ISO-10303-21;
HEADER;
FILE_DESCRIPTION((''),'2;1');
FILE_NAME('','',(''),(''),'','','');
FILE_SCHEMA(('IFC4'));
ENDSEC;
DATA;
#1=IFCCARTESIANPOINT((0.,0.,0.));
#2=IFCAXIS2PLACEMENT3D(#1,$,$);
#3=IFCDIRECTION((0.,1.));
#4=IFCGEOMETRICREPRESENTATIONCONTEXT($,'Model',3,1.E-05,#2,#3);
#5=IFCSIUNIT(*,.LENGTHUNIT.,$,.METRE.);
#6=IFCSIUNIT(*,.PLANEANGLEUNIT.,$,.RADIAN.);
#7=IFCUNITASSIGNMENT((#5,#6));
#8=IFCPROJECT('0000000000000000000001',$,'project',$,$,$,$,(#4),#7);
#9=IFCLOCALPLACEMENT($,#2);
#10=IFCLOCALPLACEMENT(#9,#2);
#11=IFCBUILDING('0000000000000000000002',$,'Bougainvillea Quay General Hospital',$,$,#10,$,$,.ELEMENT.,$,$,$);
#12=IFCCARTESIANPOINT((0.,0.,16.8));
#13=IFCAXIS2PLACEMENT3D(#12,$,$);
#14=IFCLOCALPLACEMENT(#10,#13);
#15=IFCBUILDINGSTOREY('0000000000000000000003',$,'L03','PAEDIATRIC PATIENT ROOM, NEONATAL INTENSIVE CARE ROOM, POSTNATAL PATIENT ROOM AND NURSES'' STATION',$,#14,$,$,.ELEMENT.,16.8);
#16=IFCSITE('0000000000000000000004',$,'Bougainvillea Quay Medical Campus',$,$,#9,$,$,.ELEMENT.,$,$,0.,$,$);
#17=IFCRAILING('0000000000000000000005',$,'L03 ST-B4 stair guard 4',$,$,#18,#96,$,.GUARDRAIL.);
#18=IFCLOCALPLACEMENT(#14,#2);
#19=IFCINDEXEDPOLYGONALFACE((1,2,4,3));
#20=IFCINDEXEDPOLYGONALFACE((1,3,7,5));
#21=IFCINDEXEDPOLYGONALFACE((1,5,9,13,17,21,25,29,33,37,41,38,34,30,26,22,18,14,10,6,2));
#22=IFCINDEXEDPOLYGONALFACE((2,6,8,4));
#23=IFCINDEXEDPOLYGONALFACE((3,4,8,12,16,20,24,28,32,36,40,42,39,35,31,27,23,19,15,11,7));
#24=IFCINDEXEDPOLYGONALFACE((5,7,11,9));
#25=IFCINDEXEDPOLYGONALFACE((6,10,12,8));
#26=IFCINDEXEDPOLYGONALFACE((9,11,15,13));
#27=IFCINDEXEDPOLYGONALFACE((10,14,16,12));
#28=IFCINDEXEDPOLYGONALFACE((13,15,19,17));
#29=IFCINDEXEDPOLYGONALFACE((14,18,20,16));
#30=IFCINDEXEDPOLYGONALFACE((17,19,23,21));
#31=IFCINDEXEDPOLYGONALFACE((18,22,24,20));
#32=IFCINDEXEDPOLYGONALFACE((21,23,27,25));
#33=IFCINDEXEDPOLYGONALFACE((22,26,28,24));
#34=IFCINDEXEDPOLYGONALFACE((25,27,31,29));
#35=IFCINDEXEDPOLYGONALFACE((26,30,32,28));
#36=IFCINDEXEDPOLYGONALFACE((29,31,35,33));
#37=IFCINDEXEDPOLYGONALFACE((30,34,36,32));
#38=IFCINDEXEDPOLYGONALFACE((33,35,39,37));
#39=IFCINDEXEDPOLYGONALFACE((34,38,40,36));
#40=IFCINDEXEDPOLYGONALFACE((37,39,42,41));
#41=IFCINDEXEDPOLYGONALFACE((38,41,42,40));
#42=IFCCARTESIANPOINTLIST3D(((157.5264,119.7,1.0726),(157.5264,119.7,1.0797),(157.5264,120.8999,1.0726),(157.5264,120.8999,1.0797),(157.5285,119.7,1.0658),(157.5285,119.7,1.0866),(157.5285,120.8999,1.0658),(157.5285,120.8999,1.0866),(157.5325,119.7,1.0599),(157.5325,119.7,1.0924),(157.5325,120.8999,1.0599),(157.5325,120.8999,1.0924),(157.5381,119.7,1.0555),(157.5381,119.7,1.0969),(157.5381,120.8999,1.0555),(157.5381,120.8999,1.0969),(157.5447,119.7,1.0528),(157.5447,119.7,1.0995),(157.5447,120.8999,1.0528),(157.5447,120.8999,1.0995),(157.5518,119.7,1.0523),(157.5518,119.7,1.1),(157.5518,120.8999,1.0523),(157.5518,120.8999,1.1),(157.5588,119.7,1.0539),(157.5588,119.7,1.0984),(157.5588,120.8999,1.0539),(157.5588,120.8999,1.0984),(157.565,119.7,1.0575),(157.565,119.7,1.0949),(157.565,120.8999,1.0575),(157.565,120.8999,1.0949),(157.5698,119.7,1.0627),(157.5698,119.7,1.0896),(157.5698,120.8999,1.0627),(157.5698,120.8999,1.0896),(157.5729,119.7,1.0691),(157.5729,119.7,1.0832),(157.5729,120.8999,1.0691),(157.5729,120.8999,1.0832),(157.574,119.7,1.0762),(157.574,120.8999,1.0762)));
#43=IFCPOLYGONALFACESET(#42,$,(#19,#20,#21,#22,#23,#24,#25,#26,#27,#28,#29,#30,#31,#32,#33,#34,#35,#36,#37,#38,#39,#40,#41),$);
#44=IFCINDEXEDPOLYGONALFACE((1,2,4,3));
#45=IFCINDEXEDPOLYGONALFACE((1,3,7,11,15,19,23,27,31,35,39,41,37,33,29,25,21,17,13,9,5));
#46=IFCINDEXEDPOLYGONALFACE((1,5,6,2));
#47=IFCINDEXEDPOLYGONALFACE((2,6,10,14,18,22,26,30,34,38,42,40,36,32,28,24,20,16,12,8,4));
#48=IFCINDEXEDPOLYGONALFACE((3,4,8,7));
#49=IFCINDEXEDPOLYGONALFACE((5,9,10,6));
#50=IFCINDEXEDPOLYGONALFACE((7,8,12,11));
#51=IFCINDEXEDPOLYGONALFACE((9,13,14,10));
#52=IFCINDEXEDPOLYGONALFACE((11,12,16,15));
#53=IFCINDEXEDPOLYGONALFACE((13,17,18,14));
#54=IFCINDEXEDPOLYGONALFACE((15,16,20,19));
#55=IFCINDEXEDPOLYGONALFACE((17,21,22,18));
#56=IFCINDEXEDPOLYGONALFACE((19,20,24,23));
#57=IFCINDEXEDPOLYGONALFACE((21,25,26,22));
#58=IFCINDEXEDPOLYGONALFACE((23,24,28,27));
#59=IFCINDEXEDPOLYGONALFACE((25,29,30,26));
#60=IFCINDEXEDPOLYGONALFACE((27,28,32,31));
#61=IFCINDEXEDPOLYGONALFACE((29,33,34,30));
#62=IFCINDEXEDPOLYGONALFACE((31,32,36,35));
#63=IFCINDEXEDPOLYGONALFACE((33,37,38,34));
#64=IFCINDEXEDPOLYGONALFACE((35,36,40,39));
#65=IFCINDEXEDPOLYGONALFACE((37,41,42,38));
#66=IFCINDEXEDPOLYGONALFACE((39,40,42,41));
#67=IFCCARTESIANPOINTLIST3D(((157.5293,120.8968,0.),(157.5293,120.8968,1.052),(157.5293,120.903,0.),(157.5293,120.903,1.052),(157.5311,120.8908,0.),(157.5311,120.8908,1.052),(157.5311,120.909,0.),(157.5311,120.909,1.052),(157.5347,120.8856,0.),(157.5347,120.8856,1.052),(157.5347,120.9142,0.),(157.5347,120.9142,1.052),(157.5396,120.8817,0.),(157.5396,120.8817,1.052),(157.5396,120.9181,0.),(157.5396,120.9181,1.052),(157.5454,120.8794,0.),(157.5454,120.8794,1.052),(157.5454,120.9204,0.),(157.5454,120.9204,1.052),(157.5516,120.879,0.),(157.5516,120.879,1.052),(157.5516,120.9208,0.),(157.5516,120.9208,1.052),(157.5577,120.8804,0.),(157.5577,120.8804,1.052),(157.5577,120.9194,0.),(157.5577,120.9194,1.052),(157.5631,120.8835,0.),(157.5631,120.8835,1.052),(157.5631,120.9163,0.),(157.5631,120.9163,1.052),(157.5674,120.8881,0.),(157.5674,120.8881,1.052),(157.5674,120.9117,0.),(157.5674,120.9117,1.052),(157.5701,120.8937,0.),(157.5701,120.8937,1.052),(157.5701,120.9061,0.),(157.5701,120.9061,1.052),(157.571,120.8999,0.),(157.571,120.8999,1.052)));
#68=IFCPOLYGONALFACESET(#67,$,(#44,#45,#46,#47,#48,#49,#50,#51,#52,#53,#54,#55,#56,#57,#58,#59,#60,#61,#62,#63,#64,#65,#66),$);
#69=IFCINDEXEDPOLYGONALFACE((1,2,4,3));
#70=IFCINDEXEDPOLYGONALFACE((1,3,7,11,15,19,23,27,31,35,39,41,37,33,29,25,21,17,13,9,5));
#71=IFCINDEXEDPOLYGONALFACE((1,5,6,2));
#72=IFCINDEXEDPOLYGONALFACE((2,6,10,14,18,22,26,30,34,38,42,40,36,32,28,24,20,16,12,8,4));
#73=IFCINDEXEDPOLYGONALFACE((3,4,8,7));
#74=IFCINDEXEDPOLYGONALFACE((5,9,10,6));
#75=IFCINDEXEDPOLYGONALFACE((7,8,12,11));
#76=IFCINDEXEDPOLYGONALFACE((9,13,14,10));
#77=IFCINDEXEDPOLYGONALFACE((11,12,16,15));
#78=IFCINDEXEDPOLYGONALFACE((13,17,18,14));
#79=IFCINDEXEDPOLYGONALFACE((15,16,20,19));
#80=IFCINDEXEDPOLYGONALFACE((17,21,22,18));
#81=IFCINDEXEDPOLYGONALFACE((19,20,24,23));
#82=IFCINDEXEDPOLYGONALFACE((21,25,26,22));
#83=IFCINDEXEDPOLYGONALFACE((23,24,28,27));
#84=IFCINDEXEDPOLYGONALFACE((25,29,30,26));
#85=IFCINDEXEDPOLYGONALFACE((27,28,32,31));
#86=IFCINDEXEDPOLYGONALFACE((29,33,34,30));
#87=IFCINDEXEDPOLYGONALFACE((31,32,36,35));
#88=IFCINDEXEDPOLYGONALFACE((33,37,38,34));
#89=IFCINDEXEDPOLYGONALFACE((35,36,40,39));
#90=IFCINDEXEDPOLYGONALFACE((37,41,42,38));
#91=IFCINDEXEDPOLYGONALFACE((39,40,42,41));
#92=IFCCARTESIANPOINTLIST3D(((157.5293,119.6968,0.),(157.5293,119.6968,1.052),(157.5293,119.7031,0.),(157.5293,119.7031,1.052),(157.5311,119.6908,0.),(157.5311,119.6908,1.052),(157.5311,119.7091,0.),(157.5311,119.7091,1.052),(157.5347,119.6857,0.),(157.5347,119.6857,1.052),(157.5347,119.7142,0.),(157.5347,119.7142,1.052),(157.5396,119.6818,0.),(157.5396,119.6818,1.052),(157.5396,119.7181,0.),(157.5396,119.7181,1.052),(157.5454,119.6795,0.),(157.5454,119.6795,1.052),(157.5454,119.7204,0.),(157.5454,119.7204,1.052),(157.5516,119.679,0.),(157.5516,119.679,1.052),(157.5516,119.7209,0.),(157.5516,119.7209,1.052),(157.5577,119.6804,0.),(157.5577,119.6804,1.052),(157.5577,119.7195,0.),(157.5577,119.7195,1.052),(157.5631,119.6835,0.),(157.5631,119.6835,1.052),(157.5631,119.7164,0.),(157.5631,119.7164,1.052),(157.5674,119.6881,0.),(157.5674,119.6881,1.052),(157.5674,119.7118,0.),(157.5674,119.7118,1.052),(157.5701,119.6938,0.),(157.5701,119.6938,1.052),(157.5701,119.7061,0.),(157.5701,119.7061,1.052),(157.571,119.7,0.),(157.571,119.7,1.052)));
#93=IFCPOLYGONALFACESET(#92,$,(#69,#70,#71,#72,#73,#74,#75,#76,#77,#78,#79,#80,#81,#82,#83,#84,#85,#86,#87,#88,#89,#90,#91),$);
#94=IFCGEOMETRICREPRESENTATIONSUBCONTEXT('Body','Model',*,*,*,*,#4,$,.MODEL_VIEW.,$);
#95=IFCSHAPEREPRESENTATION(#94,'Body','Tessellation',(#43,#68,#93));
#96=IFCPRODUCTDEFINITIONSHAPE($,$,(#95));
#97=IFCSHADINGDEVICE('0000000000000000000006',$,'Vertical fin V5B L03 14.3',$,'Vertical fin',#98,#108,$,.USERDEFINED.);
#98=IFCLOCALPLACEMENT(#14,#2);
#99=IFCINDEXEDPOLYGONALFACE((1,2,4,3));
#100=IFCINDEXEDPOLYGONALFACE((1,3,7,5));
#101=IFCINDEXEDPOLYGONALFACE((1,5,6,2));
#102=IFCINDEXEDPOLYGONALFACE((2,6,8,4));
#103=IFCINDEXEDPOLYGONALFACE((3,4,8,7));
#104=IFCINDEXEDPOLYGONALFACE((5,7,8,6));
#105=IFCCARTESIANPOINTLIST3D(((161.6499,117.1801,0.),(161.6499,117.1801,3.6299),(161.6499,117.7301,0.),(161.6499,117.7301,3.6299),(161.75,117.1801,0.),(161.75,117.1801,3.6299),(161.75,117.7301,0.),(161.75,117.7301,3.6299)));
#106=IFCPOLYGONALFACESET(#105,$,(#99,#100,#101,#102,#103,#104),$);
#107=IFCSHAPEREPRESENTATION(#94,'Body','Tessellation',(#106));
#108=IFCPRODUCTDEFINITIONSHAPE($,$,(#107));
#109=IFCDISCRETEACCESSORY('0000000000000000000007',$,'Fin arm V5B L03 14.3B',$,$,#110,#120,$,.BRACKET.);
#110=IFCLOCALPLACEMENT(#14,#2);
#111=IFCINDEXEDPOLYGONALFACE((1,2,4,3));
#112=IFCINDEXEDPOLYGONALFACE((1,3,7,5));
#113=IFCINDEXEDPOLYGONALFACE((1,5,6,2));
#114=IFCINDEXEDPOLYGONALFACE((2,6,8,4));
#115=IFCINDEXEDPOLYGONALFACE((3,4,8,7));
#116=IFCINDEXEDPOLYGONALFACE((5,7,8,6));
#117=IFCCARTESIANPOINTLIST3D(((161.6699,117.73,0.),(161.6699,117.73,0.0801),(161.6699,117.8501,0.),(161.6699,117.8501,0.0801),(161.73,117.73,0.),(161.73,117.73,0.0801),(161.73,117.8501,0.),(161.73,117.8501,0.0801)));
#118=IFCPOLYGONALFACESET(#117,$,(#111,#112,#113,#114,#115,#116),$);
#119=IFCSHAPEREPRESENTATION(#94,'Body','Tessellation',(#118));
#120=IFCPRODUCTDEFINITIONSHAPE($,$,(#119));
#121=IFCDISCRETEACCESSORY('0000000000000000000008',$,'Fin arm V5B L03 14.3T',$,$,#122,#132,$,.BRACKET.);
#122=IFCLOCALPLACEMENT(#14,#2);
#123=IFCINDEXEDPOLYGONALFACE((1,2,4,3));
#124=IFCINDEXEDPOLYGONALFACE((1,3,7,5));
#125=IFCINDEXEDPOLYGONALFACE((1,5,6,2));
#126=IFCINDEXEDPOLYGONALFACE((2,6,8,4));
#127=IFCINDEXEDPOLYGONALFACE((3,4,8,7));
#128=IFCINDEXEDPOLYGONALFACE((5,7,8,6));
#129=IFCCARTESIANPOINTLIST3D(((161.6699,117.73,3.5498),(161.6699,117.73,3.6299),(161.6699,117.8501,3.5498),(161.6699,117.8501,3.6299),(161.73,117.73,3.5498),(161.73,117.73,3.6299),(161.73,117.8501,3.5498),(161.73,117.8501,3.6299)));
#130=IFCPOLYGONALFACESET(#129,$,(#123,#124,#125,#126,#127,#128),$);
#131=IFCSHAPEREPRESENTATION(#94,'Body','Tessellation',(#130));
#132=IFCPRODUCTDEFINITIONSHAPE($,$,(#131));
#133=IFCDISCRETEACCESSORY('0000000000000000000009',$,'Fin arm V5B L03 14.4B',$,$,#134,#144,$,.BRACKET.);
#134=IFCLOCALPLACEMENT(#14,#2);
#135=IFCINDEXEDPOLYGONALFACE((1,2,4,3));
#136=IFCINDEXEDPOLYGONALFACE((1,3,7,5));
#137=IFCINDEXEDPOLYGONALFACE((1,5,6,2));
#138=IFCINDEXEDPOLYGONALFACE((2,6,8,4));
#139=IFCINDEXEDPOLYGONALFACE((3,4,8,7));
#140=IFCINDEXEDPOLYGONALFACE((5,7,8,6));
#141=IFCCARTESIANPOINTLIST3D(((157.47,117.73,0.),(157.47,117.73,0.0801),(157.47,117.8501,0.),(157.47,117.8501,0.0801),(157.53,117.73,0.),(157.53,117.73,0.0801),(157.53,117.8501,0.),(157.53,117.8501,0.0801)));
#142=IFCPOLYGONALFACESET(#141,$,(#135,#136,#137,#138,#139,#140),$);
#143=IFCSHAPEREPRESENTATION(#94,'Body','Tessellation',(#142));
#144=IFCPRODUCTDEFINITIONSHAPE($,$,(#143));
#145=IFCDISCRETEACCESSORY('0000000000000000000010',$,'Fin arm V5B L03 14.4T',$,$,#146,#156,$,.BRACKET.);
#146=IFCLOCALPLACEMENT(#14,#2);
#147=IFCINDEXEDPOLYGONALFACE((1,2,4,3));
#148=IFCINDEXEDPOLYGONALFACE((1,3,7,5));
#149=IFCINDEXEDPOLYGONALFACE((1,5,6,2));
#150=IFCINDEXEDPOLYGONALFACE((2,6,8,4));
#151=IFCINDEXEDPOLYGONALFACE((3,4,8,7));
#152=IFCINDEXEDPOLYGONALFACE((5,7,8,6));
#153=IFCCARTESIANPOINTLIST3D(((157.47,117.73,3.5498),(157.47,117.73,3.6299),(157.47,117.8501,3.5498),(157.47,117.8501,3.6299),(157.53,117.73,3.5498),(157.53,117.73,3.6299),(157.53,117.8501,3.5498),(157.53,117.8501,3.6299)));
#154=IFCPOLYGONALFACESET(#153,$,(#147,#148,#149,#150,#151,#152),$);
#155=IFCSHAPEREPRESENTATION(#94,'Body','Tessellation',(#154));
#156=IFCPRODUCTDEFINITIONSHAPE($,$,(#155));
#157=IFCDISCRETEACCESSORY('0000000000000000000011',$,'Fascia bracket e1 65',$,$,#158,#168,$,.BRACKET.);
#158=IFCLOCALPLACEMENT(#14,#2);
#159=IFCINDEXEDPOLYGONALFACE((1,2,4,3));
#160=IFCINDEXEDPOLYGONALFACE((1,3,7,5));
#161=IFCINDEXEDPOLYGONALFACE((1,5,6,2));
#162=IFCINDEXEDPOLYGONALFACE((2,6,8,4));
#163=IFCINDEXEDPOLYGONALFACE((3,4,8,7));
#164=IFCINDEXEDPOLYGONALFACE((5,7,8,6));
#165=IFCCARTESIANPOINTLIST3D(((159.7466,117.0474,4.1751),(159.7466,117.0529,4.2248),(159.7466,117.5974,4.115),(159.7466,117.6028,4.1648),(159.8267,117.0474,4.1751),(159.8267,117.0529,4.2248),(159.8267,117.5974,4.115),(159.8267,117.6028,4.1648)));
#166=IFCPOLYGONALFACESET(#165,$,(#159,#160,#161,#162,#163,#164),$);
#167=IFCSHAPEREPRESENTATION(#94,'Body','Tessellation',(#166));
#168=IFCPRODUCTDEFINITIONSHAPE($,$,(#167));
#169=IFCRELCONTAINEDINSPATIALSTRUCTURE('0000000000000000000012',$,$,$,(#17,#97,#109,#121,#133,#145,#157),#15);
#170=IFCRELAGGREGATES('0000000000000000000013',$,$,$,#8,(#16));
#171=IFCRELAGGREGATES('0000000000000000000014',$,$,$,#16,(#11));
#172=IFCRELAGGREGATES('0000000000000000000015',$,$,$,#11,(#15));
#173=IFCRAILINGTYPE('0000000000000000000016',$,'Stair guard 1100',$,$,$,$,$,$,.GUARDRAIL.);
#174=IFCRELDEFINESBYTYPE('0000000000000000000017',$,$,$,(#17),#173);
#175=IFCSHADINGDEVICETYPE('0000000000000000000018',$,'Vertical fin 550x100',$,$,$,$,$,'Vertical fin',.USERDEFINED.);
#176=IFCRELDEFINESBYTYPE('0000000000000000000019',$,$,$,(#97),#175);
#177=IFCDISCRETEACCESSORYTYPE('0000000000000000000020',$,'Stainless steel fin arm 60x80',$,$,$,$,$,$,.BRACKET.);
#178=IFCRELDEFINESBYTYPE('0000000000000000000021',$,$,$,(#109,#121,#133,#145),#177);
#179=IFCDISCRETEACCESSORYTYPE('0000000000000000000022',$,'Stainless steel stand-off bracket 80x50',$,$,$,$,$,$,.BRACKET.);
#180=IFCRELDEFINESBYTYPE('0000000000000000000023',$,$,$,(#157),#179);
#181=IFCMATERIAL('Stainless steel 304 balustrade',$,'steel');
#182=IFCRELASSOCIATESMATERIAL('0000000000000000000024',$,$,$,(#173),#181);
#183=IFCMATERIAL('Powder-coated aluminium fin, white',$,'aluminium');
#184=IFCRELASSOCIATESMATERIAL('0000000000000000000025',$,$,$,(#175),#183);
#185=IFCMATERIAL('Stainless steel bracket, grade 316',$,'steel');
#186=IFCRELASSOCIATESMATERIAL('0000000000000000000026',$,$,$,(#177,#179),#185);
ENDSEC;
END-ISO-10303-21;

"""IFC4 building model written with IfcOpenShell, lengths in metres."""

from ifc_helpers import new_model, si_unit, direction, frame, origin, origin_2d, place, context, subcontext, project, spatial, rectangle, circle, extrude, material, material_profile, profile_set, type_object, element, save


model = new_model("IFC4")

# Units and contexts
model_context = context("Model", 3, precision=1e-05, world=origin(), true_north=direction((0.0, 1.0)))
body_context = subcontext(model_context, "Body", "Model", "MODEL_VIEW")
ifc_project = project(units=[si_unit("LENGTHUNIT", "METRE"), si_unit("PLANEANGLEUNIT", "RADIAN")], contexts=[model_context])

# Site, building, storey
site_placement = place(None, origin())
site = spatial("IfcSite", under=ifc_project, at=site_placement, Name="Bougainvillea Quay Medical Campus", CompositionType="ELEMENT", RefElevation=0.0)
building_placement = place(site_placement, origin())
building = spatial("IfcBuilding", under=site, at=building_placement, Name="Bougainvillea Quay General Hospital", CompositionType="ELEMENT")
storey_placement = place(building_placement, frame((0.0, 0.0, 16.8)))
storey = spatial("IfcBuildingStorey", under=building, at=storey_placement, Name="L03", Description="PAEDIATRIC PATIENT ROOM, NEONATAL INTENSIVE CARE ROOM, POSTNATAL PATIENT ROOM AND NURSES' STATION", CompositionType="ELEMENT", Elevation=16.8)

# Railing
ifc_material_1 = material(Name="Stainless steel 304 balustrade", Category="steel")
railing_type = type_object("IfcRailingType", Name="Stair guard 1100", PredefinedType="GUARDRAIL", material=ifc_material_1)
railing_1_placement = place(storey_placement, frame((157.55, 120.8999, 0.0)))
element("IfcRailing", 1, at=railing_1_placement, inside=storey, type_object=railing_type, Name="L03 ST-B4 stair guard 4", PredefinedType="GUARDRAIL", context=body_context, shape_type="SweptSolid", body=[
    extrude(circle(Radius=0.0239, at=origin_2d()), frame((0.0, 0.0, 1.0762), z_axis=(0.0, -1.0, 0.0), x_axis=(1.0, 0.0, 0.0)), (0.0, 0.0, 1.0), 1.2),
    extrude(circle(Radius=0.021, at=origin_2d()), origin(), (0.0, 0.0, 1.0), 1.052),
    extrude(circle(Radius=0.021, at=origin_2d()), frame((0.0, -1.2, 0.0)), (0.0, 0.0, 1.0), 1.052),
])

# Shading device
ifc_material_2 = material(Name="Powder-coated aluminium fin, white", Category="aluminium")
ifc_material_profile_1 = material_profile(ifc_material_2, rectangle(XDim=0.55, YDim=0.1001, at=origin_2d()))
ifc_profile_set_1 = profile_set([ifc_material_profile_1], Name="Powder-coated aluminium fin, white")
shading_device_type = type_object("IfcShadingDeviceType", Name="Vertical fin 550x100", ElementType="Vertical fin", PredefinedType="USERDEFINED", material=ifc_profile_set_1)
shading_device_placement = place(storey_placement, frame((161.7, 117.4551, 0.0), z_axis=(0.0, 0.0, 1.0), x_axis=(0.0, -1.0, 0.0)))
element("IfcShadingDevice", 2, at=shading_device_placement, inside=storey, type_object=shading_device_type, Name="Vertical fin V5B L03 14.3", ObjectType="Vertical fin", PredefinedType="USERDEFINED", context=body_context, shape_type="SweptSolid", body=[
    extrude(rectangle(XDim=0.55, YDim=0.1001, at=origin_2d()), origin(), (0.0, 0.0, 1.0), 3.6299),
])

# Discrete accessories
ifc_material_3 = material(Name="Stainless steel bracket, grade 316", Category="steel")
discrete_accessory_type_1 = type_object("IfcDiscreteAccessoryType", Name="Stainless steel fin arm 60x80", PredefinedType="BRACKET", material=ifc_material_3)
for number, where, z_axis, x_axis, name in (
    (3, (161.7, 117.79, 0.0), (0.0, 0.0, 1.0), (0.0, -1.0, 0.0), "Fin arm V5B L03 14.3B"),
    (4, (161.7, 117.79, 3.5498), (0.0, 0.0, 1.0), (0.0, -1.0, 0.0), "Fin arm V5B L03 14.3T"),
    (5, (157.5, 117.79, 0.0), (0.0, 0.0, 1.0), (0.0, -1.0, 0.0), "Fin arm V5B L03 14.4B"),
    (6, (157.5, 117.79, 3.5498), (0.0, 0.0, 1.0), (0.0, -1.0, 0.0), "Fin arm V5B L03 14.4T"),
):
    element("IfcDiscreteAccessory", number, at=place(storey_placement, frame(where, z_axis=z_axis, x_axis=x_axis)), inside=storey, type_object=discrete_accessory_type_1, Name=name, PredefinedType="BRACKET", context=body_context, shape_type="SweptSolid", body=[
        extrude(rectangle(XDim=0.1201, YDim=0.0601, at=origin_2d()), origin(), (0.0, 0.0, 1.0), 0.0801),
    ])
ifc_material_profile_2 = material_profile(ifc_material_3, rectangle(XDim=0.0801, YDim=0.05, at=origin_2d()))
ifc_profile_set_2 = profile_set([ifc_material_profile_2], Name="Stainless steel bracket, grade 316")
discrete_accessory_type_2 = type_object("IfcDiscreteAccessoryType", Name="Stainless steel stand-off bracket 80x50", PredefinedType="BRACKET", material=ifc_profile_set_2)
discrete_accessory_placement = place(storey_placement, frame((159.7866, 117.6001, 4.1399), z_axis=(0.0, -0.994092, 0.108543), x_axis=(1.0, 0.0, 0.0)))
element("IfcDiscreteAccessory", 7, at=discrete_accessory_placement, inside=storey, type_object=discrete_accessory_type_2, Name="Fascia bracket e1 65", PredefinedType="BRACKET", context=body_context, shape_type="SweptSolid", body=[
    extrude(rectangle(XDim=0.0801, YDim=0.05, at=origin_2d()), origin(), (0.0, 0.0, 1.0), 0.5532),
])

save(model, "model.ifc")
